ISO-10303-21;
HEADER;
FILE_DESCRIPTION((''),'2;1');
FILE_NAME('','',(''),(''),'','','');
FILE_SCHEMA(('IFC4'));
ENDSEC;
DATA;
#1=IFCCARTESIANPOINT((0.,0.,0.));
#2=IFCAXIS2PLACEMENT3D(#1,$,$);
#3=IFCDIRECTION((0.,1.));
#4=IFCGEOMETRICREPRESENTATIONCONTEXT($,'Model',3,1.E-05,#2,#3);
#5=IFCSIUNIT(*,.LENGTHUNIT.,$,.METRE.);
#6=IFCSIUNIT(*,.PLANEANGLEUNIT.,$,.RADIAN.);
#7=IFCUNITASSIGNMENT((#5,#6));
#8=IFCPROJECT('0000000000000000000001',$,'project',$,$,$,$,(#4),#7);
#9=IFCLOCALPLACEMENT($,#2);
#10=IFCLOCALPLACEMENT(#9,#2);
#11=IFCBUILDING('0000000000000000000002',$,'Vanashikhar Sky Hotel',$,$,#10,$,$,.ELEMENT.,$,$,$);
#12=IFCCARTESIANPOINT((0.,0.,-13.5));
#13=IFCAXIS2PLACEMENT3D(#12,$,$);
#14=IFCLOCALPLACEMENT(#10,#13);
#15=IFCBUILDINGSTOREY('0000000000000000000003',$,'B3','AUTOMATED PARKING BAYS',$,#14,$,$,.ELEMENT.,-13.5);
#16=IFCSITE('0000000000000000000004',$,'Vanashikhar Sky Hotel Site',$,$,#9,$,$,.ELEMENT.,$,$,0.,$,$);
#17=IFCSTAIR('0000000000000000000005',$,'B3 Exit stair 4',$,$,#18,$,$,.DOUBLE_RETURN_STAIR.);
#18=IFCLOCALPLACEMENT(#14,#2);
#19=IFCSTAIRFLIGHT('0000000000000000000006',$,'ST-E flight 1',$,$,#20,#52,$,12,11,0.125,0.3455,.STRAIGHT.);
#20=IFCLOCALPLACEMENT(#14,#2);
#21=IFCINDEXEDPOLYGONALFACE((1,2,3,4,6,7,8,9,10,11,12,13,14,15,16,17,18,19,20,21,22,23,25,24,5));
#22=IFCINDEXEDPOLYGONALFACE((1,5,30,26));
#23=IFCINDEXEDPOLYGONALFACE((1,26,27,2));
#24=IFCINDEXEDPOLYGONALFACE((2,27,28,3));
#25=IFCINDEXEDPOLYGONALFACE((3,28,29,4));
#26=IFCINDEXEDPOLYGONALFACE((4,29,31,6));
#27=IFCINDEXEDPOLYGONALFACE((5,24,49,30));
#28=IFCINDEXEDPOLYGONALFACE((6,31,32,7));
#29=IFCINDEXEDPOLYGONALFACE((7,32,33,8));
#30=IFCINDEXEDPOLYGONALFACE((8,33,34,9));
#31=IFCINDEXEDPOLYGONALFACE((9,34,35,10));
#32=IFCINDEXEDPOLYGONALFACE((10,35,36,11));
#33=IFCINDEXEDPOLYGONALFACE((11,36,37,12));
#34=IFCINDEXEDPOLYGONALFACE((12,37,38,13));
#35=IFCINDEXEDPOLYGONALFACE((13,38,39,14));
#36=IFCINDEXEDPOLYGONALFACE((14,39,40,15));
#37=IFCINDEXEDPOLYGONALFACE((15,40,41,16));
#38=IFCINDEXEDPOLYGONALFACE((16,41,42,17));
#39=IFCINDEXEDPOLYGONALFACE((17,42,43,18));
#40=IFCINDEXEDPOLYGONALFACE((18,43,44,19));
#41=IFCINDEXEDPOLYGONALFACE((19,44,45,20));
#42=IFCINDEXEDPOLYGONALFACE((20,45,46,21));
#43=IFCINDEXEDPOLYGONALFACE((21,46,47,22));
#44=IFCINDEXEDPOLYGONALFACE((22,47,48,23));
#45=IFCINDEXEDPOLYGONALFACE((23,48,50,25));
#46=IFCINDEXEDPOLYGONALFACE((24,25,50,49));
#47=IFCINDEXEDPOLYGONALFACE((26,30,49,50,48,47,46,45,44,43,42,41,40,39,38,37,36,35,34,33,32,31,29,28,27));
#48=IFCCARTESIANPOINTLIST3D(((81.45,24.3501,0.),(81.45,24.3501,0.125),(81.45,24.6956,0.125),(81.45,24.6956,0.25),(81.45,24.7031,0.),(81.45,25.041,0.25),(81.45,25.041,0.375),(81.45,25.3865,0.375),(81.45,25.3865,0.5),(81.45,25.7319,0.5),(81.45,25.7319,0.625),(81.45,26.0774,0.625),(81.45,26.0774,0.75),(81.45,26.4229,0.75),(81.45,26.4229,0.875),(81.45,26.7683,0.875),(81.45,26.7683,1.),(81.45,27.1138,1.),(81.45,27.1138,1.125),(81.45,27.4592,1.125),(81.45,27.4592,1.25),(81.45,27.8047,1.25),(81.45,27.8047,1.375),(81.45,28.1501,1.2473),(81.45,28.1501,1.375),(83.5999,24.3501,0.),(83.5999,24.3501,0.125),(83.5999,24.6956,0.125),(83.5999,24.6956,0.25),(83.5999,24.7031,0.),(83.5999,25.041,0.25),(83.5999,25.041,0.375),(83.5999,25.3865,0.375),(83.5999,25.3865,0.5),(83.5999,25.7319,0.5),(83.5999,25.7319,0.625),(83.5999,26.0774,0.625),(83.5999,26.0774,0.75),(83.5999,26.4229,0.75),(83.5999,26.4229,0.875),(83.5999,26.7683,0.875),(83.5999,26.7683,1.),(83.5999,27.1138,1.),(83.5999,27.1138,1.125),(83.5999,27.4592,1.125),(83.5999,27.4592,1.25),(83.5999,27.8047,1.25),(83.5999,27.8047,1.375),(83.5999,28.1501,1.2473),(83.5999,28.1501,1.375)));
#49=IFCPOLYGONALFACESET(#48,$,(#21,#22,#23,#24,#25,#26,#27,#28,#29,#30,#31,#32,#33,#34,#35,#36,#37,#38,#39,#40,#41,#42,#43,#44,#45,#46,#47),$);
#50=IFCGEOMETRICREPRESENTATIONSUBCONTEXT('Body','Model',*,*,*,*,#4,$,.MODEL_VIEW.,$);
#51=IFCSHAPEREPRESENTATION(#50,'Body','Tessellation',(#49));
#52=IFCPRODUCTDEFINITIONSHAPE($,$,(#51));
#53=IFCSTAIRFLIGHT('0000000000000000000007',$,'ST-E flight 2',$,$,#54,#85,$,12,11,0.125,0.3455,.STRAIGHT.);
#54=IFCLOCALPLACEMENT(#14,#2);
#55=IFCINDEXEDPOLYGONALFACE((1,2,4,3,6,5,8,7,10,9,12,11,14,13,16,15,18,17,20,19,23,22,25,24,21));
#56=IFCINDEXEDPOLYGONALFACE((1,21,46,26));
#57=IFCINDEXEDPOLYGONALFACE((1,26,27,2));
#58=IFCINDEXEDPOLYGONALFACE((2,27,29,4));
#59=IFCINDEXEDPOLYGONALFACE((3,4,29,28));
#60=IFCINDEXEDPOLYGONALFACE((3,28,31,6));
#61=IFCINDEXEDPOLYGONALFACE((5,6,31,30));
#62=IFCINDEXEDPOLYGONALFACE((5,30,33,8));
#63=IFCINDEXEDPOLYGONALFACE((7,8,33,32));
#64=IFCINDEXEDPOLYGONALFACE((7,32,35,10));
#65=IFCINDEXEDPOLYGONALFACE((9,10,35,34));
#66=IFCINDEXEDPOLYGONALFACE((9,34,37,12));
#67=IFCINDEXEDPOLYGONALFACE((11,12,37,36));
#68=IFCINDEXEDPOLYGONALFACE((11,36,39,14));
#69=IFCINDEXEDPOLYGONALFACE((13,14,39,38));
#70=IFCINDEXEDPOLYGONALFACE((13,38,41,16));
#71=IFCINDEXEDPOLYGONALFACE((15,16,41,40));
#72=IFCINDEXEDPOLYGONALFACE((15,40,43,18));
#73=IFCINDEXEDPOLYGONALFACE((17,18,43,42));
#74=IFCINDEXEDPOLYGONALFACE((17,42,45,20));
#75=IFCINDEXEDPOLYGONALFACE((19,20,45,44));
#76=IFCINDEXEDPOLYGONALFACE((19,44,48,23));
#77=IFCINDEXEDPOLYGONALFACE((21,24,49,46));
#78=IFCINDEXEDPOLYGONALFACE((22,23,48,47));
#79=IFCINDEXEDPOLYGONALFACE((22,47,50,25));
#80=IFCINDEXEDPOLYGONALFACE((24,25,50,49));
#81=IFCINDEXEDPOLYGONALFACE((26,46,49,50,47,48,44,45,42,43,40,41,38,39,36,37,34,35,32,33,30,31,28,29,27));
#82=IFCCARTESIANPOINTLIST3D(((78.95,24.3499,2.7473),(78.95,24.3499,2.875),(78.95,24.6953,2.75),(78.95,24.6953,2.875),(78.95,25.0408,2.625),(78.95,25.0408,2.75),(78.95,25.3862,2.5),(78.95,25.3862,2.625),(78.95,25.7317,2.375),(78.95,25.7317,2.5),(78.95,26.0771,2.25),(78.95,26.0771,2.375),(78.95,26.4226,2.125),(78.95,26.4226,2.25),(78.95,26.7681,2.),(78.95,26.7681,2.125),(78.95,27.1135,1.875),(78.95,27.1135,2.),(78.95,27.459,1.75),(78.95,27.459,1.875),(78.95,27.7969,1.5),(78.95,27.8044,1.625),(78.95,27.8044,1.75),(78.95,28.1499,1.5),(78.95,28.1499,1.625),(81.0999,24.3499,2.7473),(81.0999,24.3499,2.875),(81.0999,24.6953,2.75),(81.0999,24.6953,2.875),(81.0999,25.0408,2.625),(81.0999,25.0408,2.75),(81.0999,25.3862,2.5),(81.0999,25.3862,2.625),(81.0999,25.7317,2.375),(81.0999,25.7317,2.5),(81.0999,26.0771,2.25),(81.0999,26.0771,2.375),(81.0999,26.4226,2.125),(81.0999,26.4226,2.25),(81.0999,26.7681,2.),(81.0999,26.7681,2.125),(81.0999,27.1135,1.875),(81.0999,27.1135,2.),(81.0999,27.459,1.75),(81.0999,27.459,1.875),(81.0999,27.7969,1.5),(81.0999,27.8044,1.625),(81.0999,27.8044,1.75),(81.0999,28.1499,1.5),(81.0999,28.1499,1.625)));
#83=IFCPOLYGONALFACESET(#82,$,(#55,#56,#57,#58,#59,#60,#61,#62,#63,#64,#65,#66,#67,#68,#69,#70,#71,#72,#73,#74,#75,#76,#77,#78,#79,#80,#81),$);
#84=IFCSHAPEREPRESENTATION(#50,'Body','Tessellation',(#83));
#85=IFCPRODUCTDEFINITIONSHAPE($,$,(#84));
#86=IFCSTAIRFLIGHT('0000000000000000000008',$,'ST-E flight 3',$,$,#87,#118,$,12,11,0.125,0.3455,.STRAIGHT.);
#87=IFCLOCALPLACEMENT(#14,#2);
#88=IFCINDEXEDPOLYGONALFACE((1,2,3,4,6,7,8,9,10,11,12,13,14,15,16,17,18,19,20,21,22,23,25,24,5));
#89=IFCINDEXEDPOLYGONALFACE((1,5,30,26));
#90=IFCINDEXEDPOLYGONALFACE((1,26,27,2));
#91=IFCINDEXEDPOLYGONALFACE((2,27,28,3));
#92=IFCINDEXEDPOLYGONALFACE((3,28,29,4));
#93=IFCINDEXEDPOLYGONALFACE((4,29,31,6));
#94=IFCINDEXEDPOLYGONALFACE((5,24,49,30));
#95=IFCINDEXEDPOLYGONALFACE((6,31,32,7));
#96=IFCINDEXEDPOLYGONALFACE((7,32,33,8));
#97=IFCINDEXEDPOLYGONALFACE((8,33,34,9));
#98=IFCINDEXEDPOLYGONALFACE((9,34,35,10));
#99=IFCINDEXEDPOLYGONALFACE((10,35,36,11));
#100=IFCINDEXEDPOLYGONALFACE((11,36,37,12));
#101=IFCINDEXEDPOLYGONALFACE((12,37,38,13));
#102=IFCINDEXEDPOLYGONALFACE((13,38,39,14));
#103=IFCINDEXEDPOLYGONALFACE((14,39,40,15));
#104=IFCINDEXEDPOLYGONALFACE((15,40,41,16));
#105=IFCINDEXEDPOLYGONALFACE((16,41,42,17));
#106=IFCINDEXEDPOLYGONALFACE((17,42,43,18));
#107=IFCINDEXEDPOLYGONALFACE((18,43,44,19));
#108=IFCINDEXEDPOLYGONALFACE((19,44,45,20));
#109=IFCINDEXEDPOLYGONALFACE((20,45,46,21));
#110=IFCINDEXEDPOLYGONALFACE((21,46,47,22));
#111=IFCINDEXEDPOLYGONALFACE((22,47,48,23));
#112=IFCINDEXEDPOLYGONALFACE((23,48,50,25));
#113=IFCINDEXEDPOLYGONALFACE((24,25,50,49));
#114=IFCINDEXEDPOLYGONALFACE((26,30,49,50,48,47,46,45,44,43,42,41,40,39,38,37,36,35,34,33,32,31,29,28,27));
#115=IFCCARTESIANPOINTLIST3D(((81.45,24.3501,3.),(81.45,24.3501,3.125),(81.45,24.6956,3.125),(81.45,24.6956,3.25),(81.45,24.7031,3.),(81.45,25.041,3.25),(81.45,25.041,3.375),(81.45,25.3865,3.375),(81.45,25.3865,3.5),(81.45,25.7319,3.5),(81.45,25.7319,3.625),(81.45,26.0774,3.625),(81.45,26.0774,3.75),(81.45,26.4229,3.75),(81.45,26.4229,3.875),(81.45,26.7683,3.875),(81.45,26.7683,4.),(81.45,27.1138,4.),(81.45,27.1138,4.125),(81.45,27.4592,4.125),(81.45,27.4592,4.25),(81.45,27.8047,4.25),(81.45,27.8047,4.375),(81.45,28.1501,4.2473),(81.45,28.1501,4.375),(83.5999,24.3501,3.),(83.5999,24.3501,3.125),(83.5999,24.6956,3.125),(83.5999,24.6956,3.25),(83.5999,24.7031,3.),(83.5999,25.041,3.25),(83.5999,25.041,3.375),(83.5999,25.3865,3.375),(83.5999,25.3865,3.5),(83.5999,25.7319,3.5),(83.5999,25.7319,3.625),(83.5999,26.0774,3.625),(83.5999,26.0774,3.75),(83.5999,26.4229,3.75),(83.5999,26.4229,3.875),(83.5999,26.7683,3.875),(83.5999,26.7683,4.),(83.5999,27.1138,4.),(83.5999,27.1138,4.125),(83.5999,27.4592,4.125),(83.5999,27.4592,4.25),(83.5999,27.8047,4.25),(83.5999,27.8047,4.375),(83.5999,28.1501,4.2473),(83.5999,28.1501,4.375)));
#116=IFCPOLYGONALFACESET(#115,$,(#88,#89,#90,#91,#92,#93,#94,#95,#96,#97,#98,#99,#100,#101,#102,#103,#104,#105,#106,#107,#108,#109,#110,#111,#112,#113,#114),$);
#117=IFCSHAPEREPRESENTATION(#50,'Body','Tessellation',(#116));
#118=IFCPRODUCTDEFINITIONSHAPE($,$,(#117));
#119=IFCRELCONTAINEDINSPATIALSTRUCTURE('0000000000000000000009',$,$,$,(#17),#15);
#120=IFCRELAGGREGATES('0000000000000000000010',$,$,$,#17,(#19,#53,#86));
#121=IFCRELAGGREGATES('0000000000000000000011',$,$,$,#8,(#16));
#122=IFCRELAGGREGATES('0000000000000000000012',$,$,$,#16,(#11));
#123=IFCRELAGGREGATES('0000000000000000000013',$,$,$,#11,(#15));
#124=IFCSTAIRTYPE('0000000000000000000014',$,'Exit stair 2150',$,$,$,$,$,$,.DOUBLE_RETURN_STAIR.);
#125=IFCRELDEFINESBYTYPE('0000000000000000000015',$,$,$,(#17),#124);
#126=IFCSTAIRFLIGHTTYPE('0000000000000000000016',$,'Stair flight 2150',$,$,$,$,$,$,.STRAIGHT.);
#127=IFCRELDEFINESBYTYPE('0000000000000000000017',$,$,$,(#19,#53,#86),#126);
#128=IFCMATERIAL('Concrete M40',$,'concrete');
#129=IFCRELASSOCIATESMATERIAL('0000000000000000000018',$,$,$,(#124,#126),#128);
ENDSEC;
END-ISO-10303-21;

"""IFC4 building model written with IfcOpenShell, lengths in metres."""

from ifc_helpers import new_model, si_unit, direction, frame, origin, place, context, subcontext, project, spatial, polyline, outline, extrude, source, transform, mapped, material, type_object, element, aggregate, save


model = new_model("IFC4")

# Units and contexts
model_context = context("Model", 3, precision=1e-05, world=origin(), true_north=direction((0.0, 1.0)))
body_context = subcontext(model_context, "Body", "Model", "MODEL_VIEW")
ifc_project = project(units=[si_unit("LENGTHUNIT", "METRE"), si_unit("PLANEANGLEUNIT", "RADIAN")], contexts=[model_context])

# Site, building, storey
site_placement = place(None, origin())
site = spatial("IfcSite", under=ifc_project, at=site_placement, Name="Vanashikhar Sky Hotel Site", CompositionType="ELEMENT", RefElevation=0.0)
building_placement = place(site_placement, origin())
building = spatial("IfcBuilding", under=site, at=building_placement, Name="Vanashikhar Sky Hotel", CompositionType="ELEMENT")
storey_placement = place(building_placement, frame((0.0, 0.0, -13.5)))
storey = spatial("IfcBuildingStorey", under=building, at=storey_placement, Name="B3", Description="AUTOMATED PARKING BAYS", CompositionType="ELEMENT", Elevation=-13.5)

# Shared definitions
ifc_material_1 = material(Name="Concrete M40", Category="concrete")

# Stair, stair flights
stair_type = type_object("IfcStairType", Name="Exit stair 2150", PredefinedType="DOUBLE_RETURN_STAIR", material=ifc_material_1)
stair_placement = place(storey_placement, origin())
stair = element("IfcStair", 1, at=stair_placement, inside=storey, type_object=stair_type, Name="B3 Exit stair 4", PredefinedType="DOUBLE_RETURN_STAIR")
stair_flight_type = type_object("IfcStairFlightType", Name="Stair flight 2150", PredefinedType="STRAIGHT", material=ifc_material_1)
shared_shape_1 = source(origin(), body_context, "Body", "SweptSolid", [
    extrude(outline(polyline([(0.0, 0.0), (0.0, 0.125), (0.3455, 0.125), (0.3455, 0.25), (0.6909, 0.25), (0.6909, 0.375), (1.0364, 0.375), (1.0364, 0.5), (1.3818, 0.5), (1.3818, 0.625), (1.7273, 0.625), (1.7273, 0.75), (2.0728, 0.75), (2.0728, 0.875), (2.4182, 0.875), (2.4182, 1.0), (2.7637, 1.0), (2.7637, 1.125), (3.1091, 1.125), (3.1091, 1.25), (3.4546, 1.25), (3.4546, 1.375), (3.8, 1.375), (3.8, 1.5), (3.8, 1.2473), (0.353, 0.0), (0.0, 0.0)])), frame((0.0, 1.075, 0.0), z_axis=(0.0, -1.0, 0.0), x_axis=(1.0, 0.0, 0.0)), (0.0, 0.0, 1.0), 2.1499),
])
stair_flight_1_placement = place(storey_placement, frame((82.5249, 24.3501, 0.0), z_axis=(0.0, 0.0, 1.0), x_axis=(0.0, 1.0, 0.0)))
stair_flight_1 = element("IfcStairFlight", 2, at=stair_flight_1_placement, type_object=stair_flight_type, Name="ST-E flight 1", NumberOfRisers=12, NumberOfTreads=11, PredefinedType="STRAIGHT", RiserHeight=0.125, TreadLength=0.3455, context=body_context, shape_type="MappedRepresentation", body=[
    mapped(shared_shape_1, transform((0.0, 0.0, 0.0), scale=1.0)),
])
stair_flight_2_placement = place(storey_placement, frame((80.0249, 28.1499, 1.5), z_axis=(0.0, 0.0, 1.0), x_axis=(0.0, -1.0, 0.0)))
stair_flight_2 = element("IfcStairFlight", 3, at=stair_flight_2_placement, type_object=stair_flight_type, Name="ST-E flight 2", NumberOfRisers=12, NumberOfTreads=11, PredefinedType="STRAIGHT", RiserHeight=0.125, TreadLength=0.3455, context=body_context, shape_type="MappedRepresentation", body=[
    mapped(shared_shape_1, transform((0.0, 0.0, 0.0), scale=1.0)),
])
stair_flight_3_placement = place(storey_placement, frame((82.5249, 24.3501, 3.0), z_axis=(0.0, 0.0, 1.0), x_axis=(0.0, 1.0, 0.0)))
stair_flight_3 = element("IfcStairFlight", 4, at=stair_flight_3_placement, type_object=stair_flight_type, Name="ST-E flight 3", NumberOfRisers=12, NumberOfTreads=11, PredefinedType="STRAIGHT", RiserHeight=0.125, TreadLength=0.3455, context=body_context, shape_type="MappedRepresentation", body=[
    mapped(shared_shape_1, transform((0.0, 0.0, 0.0), scale=1.0)),
])
aggregate(stair, [stair_flight_1, stair_flight_2, stair_flight_3])

save(model, "model.ifc")
